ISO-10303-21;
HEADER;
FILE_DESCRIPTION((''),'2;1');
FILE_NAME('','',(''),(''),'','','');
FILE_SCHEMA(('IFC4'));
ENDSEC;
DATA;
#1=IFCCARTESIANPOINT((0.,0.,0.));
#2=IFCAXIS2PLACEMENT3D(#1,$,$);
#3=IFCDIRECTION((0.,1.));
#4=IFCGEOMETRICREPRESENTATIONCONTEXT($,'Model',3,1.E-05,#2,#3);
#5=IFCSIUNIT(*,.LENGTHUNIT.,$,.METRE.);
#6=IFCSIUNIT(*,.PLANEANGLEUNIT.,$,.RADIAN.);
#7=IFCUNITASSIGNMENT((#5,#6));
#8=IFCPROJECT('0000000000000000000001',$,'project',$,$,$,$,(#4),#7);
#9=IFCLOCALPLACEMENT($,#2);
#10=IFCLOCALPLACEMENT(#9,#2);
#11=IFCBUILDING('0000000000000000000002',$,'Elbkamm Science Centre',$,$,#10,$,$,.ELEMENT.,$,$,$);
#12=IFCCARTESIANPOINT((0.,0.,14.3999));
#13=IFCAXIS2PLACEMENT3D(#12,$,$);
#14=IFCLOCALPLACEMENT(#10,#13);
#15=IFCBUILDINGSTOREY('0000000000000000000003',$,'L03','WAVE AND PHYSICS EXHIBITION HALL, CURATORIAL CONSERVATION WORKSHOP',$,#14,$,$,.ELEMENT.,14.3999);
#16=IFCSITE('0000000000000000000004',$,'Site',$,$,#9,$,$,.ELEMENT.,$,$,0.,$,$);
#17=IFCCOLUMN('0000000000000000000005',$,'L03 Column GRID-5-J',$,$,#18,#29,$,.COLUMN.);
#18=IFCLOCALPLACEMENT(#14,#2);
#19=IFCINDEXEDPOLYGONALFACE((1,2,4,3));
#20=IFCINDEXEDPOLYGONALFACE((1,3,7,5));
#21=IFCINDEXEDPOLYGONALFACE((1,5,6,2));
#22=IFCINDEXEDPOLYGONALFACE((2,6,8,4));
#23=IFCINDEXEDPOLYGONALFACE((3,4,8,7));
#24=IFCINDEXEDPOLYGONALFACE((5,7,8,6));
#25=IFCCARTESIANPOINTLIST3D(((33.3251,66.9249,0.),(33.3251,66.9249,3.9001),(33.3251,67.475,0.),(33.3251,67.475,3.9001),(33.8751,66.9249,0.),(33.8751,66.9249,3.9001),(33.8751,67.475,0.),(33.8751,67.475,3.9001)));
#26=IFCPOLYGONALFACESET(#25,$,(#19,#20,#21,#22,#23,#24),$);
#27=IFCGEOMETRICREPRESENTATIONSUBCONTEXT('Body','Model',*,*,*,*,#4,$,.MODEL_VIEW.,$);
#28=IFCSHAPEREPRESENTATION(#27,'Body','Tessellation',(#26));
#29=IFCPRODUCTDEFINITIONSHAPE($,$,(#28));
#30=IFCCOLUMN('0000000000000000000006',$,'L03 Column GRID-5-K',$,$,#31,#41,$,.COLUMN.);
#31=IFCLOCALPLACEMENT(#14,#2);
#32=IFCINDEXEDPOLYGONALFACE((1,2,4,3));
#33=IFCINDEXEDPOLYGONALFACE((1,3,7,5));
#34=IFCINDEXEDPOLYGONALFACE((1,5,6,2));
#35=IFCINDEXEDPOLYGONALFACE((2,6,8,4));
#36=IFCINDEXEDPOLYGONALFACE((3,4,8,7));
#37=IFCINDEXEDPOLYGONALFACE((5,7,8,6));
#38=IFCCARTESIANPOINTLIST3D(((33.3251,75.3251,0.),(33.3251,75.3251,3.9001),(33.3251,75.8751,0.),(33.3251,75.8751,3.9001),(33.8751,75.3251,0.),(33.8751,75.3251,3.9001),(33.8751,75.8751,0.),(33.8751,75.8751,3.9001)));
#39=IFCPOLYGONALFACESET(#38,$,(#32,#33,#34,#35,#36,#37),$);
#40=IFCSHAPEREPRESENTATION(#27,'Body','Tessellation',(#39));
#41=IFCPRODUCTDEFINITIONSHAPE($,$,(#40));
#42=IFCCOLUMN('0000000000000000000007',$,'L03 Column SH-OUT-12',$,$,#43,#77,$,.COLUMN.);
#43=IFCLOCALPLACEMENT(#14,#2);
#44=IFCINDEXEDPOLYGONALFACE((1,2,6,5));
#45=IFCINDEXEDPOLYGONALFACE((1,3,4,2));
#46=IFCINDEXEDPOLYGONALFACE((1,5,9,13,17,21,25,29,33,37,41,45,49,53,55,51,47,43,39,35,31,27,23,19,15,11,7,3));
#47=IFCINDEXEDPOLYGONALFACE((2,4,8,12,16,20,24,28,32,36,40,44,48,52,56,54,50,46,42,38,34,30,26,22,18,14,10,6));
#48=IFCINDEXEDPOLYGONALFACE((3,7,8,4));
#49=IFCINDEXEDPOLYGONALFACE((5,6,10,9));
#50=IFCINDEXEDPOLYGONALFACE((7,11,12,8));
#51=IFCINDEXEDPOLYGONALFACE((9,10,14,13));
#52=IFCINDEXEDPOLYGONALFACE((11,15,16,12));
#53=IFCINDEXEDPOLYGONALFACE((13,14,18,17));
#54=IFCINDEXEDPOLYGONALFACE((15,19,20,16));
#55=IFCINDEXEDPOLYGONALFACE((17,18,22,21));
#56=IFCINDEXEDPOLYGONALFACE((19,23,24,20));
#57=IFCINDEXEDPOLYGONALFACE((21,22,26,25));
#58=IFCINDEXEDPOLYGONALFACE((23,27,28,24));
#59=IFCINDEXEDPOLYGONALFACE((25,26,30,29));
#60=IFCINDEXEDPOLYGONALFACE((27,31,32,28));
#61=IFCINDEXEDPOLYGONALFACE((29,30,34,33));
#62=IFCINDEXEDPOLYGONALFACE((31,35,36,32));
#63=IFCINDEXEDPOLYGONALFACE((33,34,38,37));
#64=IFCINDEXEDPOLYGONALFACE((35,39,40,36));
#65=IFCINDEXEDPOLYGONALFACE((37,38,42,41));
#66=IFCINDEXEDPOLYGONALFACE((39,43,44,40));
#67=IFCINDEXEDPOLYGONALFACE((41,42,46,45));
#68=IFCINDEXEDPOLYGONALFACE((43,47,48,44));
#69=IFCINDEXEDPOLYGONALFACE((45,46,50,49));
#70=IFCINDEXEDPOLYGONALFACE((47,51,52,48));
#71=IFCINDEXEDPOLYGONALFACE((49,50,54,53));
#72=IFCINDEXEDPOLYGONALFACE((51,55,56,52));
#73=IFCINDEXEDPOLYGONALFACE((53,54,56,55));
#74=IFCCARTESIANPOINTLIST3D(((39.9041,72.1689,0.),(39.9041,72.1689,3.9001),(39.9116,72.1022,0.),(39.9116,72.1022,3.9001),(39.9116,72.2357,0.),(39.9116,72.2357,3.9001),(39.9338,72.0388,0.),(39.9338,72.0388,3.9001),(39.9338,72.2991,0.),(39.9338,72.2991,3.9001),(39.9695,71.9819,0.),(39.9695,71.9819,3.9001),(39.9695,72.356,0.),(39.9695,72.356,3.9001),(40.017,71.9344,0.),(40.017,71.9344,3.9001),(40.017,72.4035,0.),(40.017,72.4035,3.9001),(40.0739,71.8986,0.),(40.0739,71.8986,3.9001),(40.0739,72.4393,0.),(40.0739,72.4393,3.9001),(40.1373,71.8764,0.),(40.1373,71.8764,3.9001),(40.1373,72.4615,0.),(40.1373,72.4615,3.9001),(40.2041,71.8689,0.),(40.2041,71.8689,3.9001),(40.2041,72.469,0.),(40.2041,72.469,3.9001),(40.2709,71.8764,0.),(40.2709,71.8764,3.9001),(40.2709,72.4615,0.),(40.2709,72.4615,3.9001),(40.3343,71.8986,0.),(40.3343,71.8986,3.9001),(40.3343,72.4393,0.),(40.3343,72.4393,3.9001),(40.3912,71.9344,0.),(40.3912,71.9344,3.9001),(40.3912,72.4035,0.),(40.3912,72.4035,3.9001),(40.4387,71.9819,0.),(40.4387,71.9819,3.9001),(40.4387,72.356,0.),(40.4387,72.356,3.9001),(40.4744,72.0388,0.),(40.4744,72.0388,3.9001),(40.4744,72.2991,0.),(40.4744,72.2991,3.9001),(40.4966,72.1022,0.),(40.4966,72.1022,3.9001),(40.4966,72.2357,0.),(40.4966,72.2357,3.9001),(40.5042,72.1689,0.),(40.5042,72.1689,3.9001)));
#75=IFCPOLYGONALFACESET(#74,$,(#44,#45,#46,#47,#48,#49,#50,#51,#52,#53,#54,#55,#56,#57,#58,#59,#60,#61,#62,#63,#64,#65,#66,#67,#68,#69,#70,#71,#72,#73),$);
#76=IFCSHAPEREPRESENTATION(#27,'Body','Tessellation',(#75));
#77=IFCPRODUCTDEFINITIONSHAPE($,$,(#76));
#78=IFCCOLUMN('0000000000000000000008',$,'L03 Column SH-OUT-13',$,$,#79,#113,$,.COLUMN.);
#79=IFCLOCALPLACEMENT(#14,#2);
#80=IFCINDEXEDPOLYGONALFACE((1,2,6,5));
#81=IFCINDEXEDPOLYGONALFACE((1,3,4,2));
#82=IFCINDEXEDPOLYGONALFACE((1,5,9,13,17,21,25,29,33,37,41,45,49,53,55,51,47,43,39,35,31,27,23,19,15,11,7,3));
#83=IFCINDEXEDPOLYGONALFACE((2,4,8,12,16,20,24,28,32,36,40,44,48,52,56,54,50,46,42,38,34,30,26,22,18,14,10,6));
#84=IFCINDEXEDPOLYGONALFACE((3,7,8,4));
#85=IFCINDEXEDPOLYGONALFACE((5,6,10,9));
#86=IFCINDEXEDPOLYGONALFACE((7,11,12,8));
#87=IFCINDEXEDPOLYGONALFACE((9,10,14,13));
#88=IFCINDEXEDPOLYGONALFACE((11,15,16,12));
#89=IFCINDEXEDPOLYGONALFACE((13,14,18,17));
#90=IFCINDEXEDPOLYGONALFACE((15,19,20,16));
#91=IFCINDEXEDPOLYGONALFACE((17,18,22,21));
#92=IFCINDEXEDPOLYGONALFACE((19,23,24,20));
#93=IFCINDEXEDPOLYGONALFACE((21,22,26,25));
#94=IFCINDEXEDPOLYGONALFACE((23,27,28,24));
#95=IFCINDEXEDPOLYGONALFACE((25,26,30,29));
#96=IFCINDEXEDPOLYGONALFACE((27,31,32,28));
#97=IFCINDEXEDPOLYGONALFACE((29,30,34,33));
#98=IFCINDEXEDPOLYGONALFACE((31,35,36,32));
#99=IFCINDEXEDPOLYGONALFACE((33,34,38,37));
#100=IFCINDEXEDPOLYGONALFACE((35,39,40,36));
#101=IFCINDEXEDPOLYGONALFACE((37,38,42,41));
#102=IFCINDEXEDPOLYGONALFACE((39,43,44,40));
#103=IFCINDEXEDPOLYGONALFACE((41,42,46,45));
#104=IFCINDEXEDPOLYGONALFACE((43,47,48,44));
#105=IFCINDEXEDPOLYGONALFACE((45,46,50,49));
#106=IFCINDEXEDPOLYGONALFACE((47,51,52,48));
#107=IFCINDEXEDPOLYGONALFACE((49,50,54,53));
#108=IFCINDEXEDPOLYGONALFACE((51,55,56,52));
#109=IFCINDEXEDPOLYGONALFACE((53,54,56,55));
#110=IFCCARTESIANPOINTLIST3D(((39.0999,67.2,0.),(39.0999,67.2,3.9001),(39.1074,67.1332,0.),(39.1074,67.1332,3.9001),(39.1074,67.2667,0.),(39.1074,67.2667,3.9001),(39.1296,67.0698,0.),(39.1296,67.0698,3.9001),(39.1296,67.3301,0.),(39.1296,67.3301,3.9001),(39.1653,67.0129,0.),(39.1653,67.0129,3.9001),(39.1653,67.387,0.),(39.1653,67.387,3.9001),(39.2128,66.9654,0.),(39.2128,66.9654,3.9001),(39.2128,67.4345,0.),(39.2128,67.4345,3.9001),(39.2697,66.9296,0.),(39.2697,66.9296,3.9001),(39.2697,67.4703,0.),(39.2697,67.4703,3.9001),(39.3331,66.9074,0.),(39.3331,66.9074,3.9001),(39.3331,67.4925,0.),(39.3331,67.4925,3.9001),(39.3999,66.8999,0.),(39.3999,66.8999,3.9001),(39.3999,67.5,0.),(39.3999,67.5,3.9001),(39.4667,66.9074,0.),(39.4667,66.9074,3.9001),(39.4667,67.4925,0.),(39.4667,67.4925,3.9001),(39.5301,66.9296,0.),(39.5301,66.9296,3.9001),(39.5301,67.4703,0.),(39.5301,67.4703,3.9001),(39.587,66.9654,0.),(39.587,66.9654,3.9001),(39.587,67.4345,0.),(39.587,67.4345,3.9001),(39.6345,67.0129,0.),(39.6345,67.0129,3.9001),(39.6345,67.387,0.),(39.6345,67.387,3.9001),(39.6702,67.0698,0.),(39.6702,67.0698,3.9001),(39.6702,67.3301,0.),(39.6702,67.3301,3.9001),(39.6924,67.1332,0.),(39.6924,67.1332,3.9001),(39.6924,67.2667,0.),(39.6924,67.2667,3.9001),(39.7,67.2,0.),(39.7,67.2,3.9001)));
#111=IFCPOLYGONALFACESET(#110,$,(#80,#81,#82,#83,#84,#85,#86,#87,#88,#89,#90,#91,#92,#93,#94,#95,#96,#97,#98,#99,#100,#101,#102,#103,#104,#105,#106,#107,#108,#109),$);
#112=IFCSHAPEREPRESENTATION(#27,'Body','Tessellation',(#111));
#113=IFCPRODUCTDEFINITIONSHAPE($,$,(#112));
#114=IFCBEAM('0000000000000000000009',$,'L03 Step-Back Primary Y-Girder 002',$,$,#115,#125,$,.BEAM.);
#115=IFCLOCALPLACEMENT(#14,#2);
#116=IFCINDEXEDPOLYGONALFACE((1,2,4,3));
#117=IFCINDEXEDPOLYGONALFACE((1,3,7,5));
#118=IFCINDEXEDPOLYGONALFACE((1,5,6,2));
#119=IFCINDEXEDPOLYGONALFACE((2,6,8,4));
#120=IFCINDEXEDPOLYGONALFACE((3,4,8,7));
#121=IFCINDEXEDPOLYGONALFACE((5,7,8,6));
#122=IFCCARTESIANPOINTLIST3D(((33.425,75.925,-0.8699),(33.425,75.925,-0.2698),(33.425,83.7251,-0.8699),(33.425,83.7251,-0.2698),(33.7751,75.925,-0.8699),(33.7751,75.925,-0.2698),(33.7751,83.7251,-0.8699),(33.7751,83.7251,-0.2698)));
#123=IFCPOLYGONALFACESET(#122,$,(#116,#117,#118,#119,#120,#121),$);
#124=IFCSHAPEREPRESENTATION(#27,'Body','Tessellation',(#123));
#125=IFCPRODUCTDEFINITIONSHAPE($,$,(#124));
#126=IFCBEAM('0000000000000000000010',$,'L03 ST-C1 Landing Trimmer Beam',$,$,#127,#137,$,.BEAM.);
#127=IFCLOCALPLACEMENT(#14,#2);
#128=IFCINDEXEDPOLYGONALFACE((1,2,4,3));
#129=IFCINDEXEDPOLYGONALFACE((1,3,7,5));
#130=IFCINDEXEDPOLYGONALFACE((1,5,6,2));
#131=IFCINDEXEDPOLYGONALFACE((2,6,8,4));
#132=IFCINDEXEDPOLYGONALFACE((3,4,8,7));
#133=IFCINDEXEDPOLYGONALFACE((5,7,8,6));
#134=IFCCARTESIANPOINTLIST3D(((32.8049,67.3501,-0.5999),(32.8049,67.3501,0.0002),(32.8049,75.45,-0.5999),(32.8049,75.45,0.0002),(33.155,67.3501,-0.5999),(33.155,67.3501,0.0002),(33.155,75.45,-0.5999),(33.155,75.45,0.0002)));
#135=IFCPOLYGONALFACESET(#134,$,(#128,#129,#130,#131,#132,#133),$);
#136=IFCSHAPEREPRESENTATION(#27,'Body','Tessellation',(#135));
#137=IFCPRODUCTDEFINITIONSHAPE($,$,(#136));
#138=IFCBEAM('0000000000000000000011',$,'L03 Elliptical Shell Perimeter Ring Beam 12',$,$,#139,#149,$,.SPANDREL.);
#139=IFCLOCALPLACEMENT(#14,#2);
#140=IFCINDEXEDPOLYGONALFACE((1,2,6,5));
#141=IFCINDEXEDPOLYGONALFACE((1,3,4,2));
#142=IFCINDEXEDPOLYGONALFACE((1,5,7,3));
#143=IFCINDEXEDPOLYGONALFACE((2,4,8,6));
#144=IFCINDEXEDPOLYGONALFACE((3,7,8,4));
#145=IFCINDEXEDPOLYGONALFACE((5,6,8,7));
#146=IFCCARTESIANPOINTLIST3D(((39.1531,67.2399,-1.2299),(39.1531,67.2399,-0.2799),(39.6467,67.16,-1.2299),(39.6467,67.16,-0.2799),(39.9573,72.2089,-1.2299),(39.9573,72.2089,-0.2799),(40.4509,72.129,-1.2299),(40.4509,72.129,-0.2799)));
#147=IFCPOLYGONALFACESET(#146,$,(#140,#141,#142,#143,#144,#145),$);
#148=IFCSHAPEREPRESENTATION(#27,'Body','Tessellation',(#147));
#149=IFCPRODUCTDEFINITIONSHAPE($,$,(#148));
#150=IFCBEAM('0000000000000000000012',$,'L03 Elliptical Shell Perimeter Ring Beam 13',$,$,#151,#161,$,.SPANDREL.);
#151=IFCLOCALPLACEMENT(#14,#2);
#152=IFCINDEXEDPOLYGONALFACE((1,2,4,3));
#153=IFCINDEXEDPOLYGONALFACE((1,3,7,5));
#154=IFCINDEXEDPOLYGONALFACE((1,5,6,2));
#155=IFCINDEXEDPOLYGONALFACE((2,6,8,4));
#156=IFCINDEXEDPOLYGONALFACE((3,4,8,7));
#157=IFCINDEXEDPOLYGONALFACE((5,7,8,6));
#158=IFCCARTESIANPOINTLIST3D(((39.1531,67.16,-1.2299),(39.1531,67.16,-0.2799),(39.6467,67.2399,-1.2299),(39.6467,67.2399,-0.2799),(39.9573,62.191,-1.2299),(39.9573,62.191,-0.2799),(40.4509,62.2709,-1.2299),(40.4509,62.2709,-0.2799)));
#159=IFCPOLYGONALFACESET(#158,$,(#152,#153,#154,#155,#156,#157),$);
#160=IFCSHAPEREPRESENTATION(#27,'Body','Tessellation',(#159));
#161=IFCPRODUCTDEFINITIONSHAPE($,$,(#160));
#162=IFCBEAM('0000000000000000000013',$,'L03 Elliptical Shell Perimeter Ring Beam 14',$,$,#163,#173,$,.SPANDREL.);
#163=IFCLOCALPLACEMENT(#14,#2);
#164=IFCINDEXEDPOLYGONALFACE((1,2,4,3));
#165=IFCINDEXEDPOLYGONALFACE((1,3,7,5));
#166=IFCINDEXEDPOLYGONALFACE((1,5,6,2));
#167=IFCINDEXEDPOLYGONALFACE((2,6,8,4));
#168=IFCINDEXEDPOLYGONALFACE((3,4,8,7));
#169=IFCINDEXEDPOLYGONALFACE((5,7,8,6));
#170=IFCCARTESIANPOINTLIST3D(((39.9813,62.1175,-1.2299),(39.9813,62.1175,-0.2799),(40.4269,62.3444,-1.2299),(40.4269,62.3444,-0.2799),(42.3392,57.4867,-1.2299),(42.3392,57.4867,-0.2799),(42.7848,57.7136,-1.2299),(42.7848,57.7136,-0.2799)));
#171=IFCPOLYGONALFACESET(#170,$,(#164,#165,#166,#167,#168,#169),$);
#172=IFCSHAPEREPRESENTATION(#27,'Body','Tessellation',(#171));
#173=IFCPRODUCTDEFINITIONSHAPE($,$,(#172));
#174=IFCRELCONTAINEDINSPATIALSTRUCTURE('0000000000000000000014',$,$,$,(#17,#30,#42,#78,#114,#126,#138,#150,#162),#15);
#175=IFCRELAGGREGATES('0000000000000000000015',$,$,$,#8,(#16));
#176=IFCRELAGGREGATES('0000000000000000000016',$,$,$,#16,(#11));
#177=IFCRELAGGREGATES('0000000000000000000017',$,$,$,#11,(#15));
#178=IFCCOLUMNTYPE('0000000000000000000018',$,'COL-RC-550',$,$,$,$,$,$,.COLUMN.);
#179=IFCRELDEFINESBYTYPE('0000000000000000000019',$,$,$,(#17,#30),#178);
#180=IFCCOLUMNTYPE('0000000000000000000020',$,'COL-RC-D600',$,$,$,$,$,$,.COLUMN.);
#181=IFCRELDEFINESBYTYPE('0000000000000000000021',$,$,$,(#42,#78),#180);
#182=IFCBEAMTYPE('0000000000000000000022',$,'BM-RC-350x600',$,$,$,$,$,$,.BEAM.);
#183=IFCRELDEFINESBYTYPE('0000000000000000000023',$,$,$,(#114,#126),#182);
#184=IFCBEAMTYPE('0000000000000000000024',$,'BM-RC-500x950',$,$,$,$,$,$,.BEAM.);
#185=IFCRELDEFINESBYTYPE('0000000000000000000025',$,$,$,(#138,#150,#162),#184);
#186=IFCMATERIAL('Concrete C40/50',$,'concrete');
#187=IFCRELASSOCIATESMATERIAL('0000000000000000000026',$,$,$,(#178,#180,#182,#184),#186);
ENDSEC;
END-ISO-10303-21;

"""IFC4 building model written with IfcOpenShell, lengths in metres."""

from ifc_helpers import new_model, si_unit, direction, frame, origin, origin_2d, place, context, subcontext, project, spatial, rectangle, circle, extrude, material, material_profile, profile_set, type_object, element, save


model = new_model("IFC4")

# Units and contexts
model_context = context("Model", 3, precision=1e-05, world=origin(), true_north=direction((0.0, 1.0)))
body_context = subcontext(model_context, "Body", "Model", "MODEL_VIEW")
ifc_project = project(units=[si_unit("LENGTHUNIT", "METRE"), si_unit("PLANEANGLEUNIT", "RADIAN")], contexts=[model_context])

# Site, building, storey
site_placement = place(None, origin())
site = spatial("IfcSite", under=ifc_project, at=site_placement, Name="Site", CompositionType="ELEMENT", RefElevation=0.0)
building_placement = place(site_placement, origin())
building = spatial("IfcBuilding", under=site, at=building_placement, Name="Elbkamm Science Centre", CompositionType="ELEMENT")
storey_placement = place(building_placement, frame((0.0, 0.0, 14.3999)))
storey = spatial("IfcBuildingStorey", under=building, at=storey_placement, Name="L03", Description="WAVE AND PHYSICS EXHIBITION HALL, CURATORIAL CONSERVATION WORKSHOP", CompositionType="ELEMENT", Elevation=14.3999)

# Columns
ifc_material_1 = material(Name="Concrete C40/50", Category="concrete")
ifc_material_profile_1 = material_profile(ifc_material_1, rectangle(XDim=0.55, YDim=0.55, at=origin_2d()), Name="RC 550x550")
ifc_profile_set_1 = profile_set([ifc_material_profile_1], Name="Concrete C40/50")
column_type_1 = type_object("IfcColumnType", Name="COL-RC-550", PredefinedType="COLUMN", material=ifc_profile_set_1)
for number, where, z_axis, x_axis, name in (
    (1, (33.6001, 67.2, 0.0), (0.0, 0.0, 1.0), (1.0, 0.0, 0.0), "L03 Column GRID-5-J"),
    (2, (33.6001, 75.6001, 0.0), (0.0, 0.0, 1.0), (1.0, 0.0, 0.0), "L03 Column GRID-5-K"),
):
    element("IfcColumn", number, at=place(storey_placement, frame(where, z_axis=z_axis, x_axis=x_axis)), inside=storey, type_object=column_type_1, Name=name, PredefinedType="COLUMN", context=body_context, shape_type="SweptSolid", body=[
        extrude(rectangle(XDim=0.55, YDim=0.55, at=origin_2d()), origin(), (0.0, 0.0, 1.0), 3.9001),
    ])
ifc_material_profile_2 = material_profile(ifc_material_1, circle(Radius=0.3, at=origin_2d()), Name="RC D600")
ifc_profile_set_2 = profile_set([ifc_material_profile_2], Name="Concrete C40/50")
column_type_2 = type_object("IfcColumnType", Name="COL-RC-D600", PredefinedType="COLUMN", material=ifc_profile_set_2)
for number, where, z_axis, x_axis, name in (
    (3, (40.2041, 72.1689, 0.0), (0.0, 0.0, 1.0), (1.0, 0.0, 0.0), "L03 Column SH-OUT-12"),
    (4, (39.3999, 67.2, 0.0), (0.0, 0.0, 1.0), (1.0, 0.0, 0.0), "L03 Column SH-OUT-13"),
):
    element("IfcColumn", number, at=place(storey_placement, frame(where, z_axis=z_axis, x_axis=x_axis)), inside=storey, type_object=column_type_2, Name=name, PredefinedType="COLUMN", context=body_context, shape_type="SweptSolid", body=[
        extrude(circle(Radius=0.3, at=origin_2d()), origin(), (0.0, 0.0, 1.0), 3.9001),
    ])

# Beams
ifc_material_profile_3 = material_profile(ifc_material_1, rectangle(XDim=0.3501, YDim=0.6001, at=origin_2d()), Name="RC 350x600")
ifc_profile_set_3 = profile_set([ifc_material_profile_3], Name="Concrete C40/50")
beam_type_1 = type_object("IfcBeamType", Name="BM-RC-350x600", PredefinedType="BEAM", material=ifc_profile_set_3)
beam_1_placement = place(storey_placement, frame((33.6001, 75.925, -0.5698), z_axis=(0.0, 1.0, 0.0), x_axis=(-1.0, 0.0, 0.0)))
element("IfcBeam", 5, at=beam_1_placement, inside=storey, type_object=beam_type_1, Name="L03 Step-Back Primary Y-Girder 002", PredefinedType="BEAM", context=body_context, shape_type="SweptSolid", body=[
    extrude(rectangle(XDim=0.3501, YDim=0.6001, at=origin_2d()), origin(), (0.0, 0.0, 1.0), 7.8),
])
beam_2_placement = place(storey_placement, frame((32.98, 67.3501, -0.2998), z_axis=(0.0, 1.0, 0.0), x_axis=(-1.0, 0.0, 0.0)))
element("IfcBeam", 6, at=beam_2_placement, inside=storey, type_object=beam_type_1, Name="L03 ST-C1 Landing Trimmer Beam", PredefinedType="BEAM", context=body_context, shape_type="SweptSolid", body=[
    extrude(rectangle(XDim=0.3501, YDim=0.6001, at=origin_2d()), origin(), (0.0, 0.0, 1.0), 8.0999),
])
ifc_material_profile_4 = material_profile(ifc_material_1, rectangle(XDim=0.5, YDim=0.95, at=origin_2d()), Name="RC 500x950")
ifc_profile_set_4 = profile_set([ifc_material_profile_4], Name="Concrete C40/50")
beam_type_2 = type_object("IfcBeamType", Name="BM-RC-500x950", PredefinedType="BEAM", material=ifc_profile_set_4)
for number, where, z_axis, x_axis, name in (
    (7, (40.2041, 72.1689, -0.7549), (-0.159765, -0.987155, 0.0), (0.987155, -0.159765, 0.0), "L03 Elliptical Shell Perimeter Ring Beam 12"),
    (8, (39.3999, 67.2, -0.7549), (0.159765, -0.987155, 0.0), (0.987155, 0.159765, 0.0), "L03 Elliptical Shell Perimeter Ring Beam 13"),
):
    element("IfcBeam", number, at=place(storey_placement, frame(where, z_axis=z_axis, x_axis=x_axis)), inside=storey, type_object=beam_type_2, Name=name, PredefinedType="SPANDREL", context=body_context, shape_type="SweptSolid", body=[
        extrude(rectangle(XDim=0.5, YDim=0.95, at=origin_2d()), origin(), (0.0, 0.0, 1.0), 5.0337),
    ])
beam_3_placement = place(storey_placement, frame((40.2041, 62.231, -0.7549), z_axis=(0.453741, -0.891133, 0.0), x_axis=(0.891133, 0.453741, 0.0)))
element("IfcBeam", 9, at=beam_3_placement, inside=storey, type_object=beam_type_2, Name="L03 Elliptical Shell Perimeter Ring Beam 14", PredefinedType="SPANDREL", context=body_context, shape_type="SweptSolid", body=[
    extrude(rectangle(XDim=0.5, YDim=0.95, at=origin_2d()), origin(), (0.0, 0.0, 1.0), 5.1965),
])

save(model, "model.ifc")
